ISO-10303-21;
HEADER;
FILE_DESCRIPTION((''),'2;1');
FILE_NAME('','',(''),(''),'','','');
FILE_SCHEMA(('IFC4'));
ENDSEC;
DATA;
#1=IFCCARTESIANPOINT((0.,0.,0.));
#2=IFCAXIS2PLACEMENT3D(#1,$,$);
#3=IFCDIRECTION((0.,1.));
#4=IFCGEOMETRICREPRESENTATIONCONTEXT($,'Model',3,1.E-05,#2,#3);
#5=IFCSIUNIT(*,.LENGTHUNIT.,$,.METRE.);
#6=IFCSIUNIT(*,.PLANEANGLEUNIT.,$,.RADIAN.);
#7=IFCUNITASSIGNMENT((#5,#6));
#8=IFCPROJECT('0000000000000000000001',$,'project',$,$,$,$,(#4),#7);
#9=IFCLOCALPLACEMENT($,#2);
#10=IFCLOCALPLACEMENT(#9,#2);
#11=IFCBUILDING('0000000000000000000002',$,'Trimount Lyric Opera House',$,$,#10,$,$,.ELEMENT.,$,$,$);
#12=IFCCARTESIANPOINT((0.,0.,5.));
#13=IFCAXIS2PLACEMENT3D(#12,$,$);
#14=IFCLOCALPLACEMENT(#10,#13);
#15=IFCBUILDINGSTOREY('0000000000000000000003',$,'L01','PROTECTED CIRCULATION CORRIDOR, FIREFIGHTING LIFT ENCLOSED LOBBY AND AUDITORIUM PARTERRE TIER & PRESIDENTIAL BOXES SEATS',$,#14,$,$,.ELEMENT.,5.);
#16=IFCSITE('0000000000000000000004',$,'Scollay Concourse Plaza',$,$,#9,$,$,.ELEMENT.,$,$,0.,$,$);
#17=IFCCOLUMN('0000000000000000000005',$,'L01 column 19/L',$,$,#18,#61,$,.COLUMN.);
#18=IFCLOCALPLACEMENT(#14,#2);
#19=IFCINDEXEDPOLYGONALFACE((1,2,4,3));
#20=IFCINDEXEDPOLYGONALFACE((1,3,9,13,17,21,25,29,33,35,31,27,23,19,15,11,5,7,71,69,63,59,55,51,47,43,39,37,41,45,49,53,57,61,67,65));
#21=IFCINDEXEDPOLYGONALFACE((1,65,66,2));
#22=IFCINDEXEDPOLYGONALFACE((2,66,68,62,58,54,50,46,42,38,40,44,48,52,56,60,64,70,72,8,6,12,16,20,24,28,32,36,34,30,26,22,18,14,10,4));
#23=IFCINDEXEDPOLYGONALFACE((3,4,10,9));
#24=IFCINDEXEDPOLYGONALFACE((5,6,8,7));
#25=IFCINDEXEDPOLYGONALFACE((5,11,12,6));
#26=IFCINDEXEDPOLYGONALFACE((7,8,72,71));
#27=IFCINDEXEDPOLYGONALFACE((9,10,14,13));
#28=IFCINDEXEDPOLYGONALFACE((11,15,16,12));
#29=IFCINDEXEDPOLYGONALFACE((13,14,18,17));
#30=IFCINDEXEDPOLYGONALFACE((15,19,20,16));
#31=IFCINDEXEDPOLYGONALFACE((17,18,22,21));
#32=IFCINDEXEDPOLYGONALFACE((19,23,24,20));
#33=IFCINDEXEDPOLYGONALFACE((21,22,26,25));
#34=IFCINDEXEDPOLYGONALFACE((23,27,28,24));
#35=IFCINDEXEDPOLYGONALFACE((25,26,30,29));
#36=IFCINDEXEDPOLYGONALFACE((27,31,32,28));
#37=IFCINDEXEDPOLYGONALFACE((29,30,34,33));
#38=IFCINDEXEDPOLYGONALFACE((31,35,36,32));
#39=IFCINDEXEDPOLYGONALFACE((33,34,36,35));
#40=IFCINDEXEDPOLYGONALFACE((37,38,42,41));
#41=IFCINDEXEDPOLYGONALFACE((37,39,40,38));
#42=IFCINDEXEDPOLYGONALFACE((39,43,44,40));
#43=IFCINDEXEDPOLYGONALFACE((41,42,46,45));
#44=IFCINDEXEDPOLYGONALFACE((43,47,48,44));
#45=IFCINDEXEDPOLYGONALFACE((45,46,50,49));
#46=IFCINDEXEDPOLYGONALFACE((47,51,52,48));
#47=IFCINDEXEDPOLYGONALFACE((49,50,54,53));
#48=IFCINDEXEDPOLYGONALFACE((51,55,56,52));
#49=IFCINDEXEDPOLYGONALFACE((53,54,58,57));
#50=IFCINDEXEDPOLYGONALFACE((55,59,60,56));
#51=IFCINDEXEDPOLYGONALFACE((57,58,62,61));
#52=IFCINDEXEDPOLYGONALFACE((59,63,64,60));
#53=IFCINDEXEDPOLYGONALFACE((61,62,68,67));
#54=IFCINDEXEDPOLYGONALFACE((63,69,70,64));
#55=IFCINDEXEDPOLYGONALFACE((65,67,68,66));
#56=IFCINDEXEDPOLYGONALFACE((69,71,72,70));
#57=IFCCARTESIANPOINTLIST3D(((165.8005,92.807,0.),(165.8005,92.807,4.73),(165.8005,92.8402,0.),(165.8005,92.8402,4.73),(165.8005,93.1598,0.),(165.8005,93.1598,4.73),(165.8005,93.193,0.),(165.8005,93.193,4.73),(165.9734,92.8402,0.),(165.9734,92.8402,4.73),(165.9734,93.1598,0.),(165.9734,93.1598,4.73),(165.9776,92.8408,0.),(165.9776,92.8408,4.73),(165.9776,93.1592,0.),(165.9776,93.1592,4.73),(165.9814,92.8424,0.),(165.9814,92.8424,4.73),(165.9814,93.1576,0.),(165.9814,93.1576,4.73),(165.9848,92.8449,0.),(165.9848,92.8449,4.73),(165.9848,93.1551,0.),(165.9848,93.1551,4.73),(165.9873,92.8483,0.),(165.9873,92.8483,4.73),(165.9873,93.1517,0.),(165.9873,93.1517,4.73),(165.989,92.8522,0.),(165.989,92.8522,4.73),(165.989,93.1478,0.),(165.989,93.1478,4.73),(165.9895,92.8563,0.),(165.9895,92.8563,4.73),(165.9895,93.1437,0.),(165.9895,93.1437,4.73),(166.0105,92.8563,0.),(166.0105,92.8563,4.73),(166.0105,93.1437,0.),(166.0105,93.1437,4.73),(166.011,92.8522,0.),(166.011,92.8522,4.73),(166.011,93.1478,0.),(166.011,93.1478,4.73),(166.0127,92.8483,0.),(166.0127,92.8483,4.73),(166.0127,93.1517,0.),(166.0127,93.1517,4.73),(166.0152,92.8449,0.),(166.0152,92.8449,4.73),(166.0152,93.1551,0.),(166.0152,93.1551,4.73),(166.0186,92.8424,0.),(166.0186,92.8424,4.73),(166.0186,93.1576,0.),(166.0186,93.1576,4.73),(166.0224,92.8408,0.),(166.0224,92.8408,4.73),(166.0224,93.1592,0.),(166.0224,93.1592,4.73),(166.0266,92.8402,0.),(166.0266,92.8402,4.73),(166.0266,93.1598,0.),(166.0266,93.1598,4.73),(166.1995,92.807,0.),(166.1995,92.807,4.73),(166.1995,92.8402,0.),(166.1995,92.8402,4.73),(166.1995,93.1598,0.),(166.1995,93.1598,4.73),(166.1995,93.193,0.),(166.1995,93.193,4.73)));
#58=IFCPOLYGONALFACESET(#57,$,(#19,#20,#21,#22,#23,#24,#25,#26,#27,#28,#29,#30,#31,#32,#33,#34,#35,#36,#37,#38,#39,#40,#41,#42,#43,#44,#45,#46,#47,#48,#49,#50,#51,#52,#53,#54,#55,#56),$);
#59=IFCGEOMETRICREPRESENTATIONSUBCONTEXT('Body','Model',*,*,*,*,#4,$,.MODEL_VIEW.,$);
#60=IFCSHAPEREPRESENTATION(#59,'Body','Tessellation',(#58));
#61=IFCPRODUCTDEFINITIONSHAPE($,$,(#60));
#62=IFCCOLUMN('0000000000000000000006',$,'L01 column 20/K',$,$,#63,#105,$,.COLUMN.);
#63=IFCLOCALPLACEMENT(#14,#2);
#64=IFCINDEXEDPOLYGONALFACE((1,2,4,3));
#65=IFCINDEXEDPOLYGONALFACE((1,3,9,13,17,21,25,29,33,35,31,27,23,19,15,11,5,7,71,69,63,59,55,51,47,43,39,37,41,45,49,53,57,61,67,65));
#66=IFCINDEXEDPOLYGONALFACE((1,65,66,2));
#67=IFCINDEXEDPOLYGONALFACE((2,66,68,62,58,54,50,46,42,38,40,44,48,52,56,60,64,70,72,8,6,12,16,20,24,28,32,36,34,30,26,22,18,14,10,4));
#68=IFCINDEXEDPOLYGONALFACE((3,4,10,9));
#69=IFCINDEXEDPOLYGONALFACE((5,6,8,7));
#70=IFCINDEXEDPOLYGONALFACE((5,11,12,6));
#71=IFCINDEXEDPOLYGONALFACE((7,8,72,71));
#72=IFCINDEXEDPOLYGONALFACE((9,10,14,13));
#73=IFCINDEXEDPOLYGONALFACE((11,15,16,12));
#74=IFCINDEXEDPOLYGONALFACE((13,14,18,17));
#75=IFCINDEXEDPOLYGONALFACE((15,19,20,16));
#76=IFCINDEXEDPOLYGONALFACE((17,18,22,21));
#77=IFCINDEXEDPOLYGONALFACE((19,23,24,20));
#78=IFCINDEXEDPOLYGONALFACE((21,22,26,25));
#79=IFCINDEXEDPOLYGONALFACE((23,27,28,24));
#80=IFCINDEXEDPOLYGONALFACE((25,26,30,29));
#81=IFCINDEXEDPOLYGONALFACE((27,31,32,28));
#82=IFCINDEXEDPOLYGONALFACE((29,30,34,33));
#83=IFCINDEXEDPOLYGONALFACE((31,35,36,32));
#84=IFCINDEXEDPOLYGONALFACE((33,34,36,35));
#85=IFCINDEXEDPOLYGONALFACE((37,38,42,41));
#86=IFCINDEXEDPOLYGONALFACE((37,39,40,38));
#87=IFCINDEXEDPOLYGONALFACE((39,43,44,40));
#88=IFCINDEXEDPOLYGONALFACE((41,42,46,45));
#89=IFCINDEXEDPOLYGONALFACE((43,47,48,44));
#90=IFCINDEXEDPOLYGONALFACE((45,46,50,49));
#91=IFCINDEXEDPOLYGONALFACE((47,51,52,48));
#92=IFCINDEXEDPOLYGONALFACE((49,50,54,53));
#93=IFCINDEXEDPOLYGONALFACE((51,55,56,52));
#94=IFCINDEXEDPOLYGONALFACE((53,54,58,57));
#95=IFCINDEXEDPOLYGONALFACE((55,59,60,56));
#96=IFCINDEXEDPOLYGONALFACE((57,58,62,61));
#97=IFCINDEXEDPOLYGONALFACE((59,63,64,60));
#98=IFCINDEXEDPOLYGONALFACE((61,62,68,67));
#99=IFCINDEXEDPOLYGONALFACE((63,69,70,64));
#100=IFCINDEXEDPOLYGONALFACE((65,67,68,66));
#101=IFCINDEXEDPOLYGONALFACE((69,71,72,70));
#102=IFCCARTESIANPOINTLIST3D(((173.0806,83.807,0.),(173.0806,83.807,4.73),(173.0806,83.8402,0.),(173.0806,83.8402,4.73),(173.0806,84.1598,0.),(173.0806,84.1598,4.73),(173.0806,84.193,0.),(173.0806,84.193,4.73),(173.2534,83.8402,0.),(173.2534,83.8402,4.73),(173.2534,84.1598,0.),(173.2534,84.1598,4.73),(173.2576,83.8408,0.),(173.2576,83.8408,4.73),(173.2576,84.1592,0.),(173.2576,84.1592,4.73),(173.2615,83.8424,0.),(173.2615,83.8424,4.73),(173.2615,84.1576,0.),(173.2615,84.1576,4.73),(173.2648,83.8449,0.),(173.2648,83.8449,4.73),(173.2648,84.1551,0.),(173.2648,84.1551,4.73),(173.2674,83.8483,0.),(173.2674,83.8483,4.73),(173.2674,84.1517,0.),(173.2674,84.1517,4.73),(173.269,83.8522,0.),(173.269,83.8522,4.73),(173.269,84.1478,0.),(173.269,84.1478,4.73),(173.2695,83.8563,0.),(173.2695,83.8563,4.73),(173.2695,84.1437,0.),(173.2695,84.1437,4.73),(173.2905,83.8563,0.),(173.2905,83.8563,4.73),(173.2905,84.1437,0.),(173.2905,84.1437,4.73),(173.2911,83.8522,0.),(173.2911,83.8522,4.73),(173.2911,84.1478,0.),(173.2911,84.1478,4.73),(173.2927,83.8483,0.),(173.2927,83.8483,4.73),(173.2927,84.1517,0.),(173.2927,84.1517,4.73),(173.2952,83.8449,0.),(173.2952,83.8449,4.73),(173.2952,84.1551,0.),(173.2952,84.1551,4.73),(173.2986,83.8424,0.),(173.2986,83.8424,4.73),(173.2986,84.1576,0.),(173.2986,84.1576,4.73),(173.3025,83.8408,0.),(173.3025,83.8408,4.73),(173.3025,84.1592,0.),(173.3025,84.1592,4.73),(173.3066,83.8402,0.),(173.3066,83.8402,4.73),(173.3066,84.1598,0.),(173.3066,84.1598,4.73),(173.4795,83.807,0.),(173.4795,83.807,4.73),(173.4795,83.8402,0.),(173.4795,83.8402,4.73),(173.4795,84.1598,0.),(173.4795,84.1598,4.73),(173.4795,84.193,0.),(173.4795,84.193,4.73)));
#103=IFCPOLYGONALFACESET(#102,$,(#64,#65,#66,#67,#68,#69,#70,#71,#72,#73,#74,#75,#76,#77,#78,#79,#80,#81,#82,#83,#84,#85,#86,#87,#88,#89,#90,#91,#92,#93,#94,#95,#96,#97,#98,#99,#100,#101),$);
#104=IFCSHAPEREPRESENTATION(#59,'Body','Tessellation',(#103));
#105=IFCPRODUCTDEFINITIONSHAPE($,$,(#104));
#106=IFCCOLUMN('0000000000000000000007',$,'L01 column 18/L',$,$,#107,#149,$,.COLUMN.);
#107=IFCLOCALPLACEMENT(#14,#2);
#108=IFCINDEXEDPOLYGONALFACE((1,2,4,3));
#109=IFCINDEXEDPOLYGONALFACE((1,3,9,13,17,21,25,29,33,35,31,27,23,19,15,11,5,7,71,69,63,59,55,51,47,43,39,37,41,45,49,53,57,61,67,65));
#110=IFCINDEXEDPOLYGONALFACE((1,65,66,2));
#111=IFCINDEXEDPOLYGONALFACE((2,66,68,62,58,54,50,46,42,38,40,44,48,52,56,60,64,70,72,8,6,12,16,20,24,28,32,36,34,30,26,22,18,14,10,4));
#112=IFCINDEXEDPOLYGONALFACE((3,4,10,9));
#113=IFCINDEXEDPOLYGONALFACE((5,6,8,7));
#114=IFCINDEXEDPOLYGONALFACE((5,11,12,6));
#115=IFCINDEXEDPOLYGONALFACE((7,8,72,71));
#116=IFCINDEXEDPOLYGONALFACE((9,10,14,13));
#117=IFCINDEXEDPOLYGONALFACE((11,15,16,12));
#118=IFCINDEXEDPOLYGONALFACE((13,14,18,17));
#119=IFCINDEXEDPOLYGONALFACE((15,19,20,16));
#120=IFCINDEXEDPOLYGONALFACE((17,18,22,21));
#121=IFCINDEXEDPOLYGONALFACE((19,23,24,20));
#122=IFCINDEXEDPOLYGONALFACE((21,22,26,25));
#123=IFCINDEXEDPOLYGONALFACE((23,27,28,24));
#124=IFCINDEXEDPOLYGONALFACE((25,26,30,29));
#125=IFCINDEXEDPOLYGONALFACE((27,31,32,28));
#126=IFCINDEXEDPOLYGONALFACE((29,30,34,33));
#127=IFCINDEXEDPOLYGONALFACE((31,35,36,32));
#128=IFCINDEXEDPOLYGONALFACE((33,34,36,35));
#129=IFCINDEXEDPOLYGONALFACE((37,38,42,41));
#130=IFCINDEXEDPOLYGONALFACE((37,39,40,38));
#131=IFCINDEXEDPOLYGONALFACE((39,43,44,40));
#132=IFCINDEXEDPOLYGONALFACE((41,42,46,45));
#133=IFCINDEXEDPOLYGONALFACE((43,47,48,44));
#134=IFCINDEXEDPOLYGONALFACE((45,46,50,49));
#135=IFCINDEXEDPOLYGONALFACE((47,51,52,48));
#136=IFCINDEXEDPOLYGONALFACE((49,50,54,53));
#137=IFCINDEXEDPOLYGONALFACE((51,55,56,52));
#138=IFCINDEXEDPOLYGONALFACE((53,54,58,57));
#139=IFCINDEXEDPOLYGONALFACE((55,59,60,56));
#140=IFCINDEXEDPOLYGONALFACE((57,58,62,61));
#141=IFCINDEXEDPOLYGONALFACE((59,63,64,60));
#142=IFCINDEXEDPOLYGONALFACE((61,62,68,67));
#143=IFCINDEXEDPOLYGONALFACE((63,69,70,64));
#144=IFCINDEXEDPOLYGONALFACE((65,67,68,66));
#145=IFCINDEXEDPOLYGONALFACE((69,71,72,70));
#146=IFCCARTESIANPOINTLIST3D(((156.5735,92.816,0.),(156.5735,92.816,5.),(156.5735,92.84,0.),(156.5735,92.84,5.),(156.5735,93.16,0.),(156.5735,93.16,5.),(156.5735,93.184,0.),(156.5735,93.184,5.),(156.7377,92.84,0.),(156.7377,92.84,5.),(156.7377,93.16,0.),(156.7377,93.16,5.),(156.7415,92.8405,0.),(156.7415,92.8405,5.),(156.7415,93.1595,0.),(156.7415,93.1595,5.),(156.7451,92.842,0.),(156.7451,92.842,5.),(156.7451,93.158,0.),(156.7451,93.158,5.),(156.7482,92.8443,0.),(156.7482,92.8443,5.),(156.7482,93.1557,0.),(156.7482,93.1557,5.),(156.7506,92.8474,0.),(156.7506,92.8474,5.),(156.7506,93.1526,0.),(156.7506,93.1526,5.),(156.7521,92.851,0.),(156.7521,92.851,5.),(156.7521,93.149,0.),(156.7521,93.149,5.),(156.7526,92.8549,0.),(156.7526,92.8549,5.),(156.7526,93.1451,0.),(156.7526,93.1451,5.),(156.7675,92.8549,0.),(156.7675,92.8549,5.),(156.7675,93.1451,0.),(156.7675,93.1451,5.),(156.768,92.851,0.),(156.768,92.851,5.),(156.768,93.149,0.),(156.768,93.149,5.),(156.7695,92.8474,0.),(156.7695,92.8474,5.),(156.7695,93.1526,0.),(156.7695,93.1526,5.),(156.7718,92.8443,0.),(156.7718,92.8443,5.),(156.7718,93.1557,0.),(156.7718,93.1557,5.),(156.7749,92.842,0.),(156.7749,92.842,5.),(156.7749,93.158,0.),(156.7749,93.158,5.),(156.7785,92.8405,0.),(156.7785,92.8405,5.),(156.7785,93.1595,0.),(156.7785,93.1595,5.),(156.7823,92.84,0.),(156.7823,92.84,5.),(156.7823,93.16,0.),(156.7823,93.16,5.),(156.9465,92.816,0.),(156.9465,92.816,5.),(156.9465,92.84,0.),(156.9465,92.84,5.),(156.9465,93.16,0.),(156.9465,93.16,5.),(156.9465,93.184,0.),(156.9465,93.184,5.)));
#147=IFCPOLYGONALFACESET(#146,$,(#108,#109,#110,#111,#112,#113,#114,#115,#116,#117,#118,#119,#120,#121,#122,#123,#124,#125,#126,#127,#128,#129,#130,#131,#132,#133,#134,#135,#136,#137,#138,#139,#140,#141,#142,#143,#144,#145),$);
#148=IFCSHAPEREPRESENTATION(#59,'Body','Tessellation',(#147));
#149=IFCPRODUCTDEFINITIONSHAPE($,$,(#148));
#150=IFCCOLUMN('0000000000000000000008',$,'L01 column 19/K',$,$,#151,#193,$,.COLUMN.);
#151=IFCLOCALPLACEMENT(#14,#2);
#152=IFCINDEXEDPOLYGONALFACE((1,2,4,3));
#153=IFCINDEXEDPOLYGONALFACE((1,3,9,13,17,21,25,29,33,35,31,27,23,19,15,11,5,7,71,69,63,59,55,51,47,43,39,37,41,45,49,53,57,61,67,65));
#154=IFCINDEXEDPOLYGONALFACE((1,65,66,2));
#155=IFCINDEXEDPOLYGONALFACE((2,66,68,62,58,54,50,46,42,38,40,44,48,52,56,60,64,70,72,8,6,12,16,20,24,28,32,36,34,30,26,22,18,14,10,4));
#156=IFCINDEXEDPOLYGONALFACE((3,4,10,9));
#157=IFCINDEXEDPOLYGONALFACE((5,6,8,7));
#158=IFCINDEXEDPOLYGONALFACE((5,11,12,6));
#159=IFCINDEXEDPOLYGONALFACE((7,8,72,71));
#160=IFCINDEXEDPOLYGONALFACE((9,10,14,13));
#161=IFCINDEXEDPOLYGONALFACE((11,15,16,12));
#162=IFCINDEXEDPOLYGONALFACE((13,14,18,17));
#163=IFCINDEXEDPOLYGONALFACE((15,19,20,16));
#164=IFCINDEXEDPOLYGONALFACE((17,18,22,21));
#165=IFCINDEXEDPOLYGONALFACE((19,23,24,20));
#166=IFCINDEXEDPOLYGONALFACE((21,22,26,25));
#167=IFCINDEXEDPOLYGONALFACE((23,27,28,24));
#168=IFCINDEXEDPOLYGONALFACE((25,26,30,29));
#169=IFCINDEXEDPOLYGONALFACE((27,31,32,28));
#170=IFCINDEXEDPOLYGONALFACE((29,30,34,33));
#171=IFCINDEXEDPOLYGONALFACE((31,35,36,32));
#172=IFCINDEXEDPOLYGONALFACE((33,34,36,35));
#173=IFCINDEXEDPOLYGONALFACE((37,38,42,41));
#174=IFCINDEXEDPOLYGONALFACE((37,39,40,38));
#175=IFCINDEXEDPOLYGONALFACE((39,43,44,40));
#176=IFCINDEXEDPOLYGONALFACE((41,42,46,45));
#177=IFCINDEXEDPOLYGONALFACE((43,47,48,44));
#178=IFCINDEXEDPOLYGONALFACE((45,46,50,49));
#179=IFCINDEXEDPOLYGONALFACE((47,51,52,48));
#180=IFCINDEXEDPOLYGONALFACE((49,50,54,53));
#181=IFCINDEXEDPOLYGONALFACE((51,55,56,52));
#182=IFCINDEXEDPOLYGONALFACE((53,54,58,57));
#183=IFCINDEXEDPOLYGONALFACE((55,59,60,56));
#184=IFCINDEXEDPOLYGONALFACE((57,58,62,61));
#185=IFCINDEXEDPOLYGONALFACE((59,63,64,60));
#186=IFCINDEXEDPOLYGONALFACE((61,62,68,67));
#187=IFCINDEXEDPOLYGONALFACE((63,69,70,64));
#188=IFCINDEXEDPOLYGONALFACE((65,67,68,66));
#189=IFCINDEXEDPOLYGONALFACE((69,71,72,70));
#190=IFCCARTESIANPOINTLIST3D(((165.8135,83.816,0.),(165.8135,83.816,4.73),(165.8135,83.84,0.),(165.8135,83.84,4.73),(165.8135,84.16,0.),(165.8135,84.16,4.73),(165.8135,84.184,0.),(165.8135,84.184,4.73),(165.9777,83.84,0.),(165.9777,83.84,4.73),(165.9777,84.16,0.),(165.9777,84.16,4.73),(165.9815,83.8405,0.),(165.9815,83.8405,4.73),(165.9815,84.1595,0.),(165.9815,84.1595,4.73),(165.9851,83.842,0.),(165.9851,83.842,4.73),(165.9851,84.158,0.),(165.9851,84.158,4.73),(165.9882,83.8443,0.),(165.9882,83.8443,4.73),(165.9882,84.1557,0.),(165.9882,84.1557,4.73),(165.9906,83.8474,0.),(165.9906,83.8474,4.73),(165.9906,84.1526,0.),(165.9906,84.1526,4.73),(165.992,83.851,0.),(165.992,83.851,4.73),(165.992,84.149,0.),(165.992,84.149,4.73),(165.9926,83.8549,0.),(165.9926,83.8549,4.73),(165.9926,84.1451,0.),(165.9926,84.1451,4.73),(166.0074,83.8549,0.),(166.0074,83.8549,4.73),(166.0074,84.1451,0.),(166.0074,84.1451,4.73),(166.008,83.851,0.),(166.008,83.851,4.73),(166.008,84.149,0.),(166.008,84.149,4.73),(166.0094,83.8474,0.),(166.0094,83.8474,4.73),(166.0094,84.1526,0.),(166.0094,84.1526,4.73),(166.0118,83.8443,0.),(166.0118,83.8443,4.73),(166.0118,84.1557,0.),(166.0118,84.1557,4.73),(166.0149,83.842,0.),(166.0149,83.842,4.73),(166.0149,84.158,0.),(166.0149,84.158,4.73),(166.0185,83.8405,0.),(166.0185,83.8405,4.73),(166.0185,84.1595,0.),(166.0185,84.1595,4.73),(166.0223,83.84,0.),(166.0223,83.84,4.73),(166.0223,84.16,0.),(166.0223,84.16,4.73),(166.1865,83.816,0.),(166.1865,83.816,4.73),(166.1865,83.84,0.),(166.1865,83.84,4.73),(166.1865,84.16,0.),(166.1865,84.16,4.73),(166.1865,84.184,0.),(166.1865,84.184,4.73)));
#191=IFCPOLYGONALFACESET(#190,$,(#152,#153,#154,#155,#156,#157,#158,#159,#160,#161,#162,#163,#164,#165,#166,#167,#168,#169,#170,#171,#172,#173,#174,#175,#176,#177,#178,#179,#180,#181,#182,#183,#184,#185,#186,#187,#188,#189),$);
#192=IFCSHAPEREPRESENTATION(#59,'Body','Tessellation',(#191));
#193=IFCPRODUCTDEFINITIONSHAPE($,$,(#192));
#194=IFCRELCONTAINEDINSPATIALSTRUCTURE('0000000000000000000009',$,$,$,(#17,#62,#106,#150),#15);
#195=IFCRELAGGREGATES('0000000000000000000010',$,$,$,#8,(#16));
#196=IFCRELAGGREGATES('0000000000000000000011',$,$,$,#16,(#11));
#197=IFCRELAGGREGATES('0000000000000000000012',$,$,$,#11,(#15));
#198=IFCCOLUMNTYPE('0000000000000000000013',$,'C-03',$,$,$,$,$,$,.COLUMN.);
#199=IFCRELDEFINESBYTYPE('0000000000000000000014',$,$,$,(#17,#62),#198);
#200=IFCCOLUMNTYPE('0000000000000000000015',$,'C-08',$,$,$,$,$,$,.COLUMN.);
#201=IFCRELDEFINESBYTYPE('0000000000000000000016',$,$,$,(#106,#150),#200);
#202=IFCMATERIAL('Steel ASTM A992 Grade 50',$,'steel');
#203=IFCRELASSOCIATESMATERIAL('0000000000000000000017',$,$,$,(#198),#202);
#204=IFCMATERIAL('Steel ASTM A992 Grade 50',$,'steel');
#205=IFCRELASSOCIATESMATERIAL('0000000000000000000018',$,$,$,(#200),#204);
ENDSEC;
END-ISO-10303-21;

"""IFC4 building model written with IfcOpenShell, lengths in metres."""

from ifc_helpers import new_model, si_unit, direction, frame, origin, origin_2d, place, context, subcontext, project, spatial, i_section, extrude, material, material_profile, profile_set, type_object, element, save


model = new_model("IFC4")

# Units and contexts
model_context = context("Model", 3, precision=1e-05, world=origin(), true_north=direction((0.0, 1.0)))
body_context = subcontext(model_context, "Body", "Model", "MODEL_VIEW")
ifc_project = project(units=[si_unit("LENGTHUNIT", "METRE"), si_unit("PLANEANGLEUNIT", "RADIAN")], contexts=[model_context])

# Site, building, storey
site_placement = place(None, origin())
site = spatial("IfcSite", under=ifc_project, at=site_placement, Name="Scollay Concourse Plaza", CompositionType="ELEMENT", RefElevation=0.0)
building_placement = place(site_placement, origin())
building = spatial("IfcBuilding", under=site, at=building_placement, Name="Trimount Lyric Opera House", CompositionType="ELEMENT")
storey_placement = place(building_placement, frame((0.0, 0.0, 5.0)))
storey = spatial("IfcBuildingStorey", under=building, at=storey_placement, Name="L01", Description="PROTECTED CIRCULATION CORRIDOR, FIREFIGHTING LIFT ENCLOSED LOBBY AND AUDITORIUM PARTERRE TIER & PRESIDENTIAL BOXES SEATS", CompositionType="ELEMENT", Elevation=5.0)

# Columns
ifc_material_1 = material(Name="Steel ASTM A992 Grade 50", Category="steel")
ifc_material_profile_1 = material_profile(ifc_material_1, i_section(OverallWidth=0.3989, OverallDepth=0.386, WebThickness=0.021, FlangeThickness=0.0332, FilletRadius=0.0161, at=origin_2d()), Name="W14X176")
ifc_profile_set_1 = profile_set([ifc_material_profile_1], Name="Steel ASTM A992 Grade 50")
column_type_1 = type_object("IfcColumnType", Name="C-03", PredefinedType="COLUMN", material=ifc_profile_set_1)
for number, where, z_axis, x_axis, name in (
    (1, (166.0, 93.0, 0.0), (0.0, 0.0, 1.0), (1.0, 0.0, 0.0), "L01 column 19/L"),
    (2, (173.28, 84.0, 0.0), (0.0, 0.0, 1.0), (1.0, 0.0, 0.0), "L01 column 20/K"),
):
    element("IfcColumn", number, at=place(storey_placement, frame(where, z_axis=z_axis, x_axis=x_axis)), inside=storey, type_object=column_type_1, Name=name, PredefinedType="COLUMN", context=body_context, shape_type="SweptSolid", body=[
        extrude(i_section(OverallWidth=0.3989, OverallDepth=0.386, WebThickness=0.021, FlangeThickness=0.0332, FilletRadius=0.0161, at=origin_2d()), origin(), (0.0, 0.0, 1.0), 4.73),
    ])
ifc_material_2 = material(Name="Steel ASTM A992 Grade 50", Category="steel")
ifc_material_profile_2 = material_profile(ifc_material_2, i_section(OverallWidth=0.373, OverallDepth=0.3679, WebThickness=0.0149, FlangeThickness=0.0239, FilletRadius=0.0149, at=origin_2d()), Name="W14X120")
ifc_profile_set_2 = profile_set([ifc_material_profile_2], Name="Steel ASTM A992 Grade 50")
column_type_2 = type_object("IfcColumnType", Name="C-08", PredefinedType="COLUMN", material=ifc_profile_set_2)
column_1_placement = place(storey_placement, frame((156.76, 93.0, 0.0), z_axis=(0.0, 0.0, 1.0), x_axis=(1.0, 0.0, 0.0)))
element("IfcColumn", 3, at=column_1_placement, inside=storey, type_object=column_type_2, Name="L01 column 18/L", PredefinedType="COLUMN", context=body_context, shape_type="SweptSolid", body=[
    extrude(i_section(OverallWidth=0.373, OverallDepth=0.3679, WebThickness=0.0149, FlangeThickness=0.0239, FilletRadius=0.0149, at=origin_2d()), origin(), (0.0, 0.0, 1.0), 5.0),
])
column_2_placement = place(storey_placement, frame((166.0, 84.0, 0.0), z_axis=(0.0, 0.0, 1.0), x_axis=(1.0, 0.0, 0.0)))
element("IfcColumn", 4, at=column_2_placement, inside=storey, type_object=column_type_2, Name="L01 column 19/K", PredefinedType="COLUMN", context=body_context, shape_type="SweptSolid", body=[
    extrude(i_section(OverallWidth=0.373, OverallDepth=0.3679, WebThickness=0.0149, FlangeThickness=0.0239, FilletRadius=0.0149, at=origin_2d()), origin(), (0.0, 0.0, 1.0), 4.73),
])

save(model, "model.ifc")
